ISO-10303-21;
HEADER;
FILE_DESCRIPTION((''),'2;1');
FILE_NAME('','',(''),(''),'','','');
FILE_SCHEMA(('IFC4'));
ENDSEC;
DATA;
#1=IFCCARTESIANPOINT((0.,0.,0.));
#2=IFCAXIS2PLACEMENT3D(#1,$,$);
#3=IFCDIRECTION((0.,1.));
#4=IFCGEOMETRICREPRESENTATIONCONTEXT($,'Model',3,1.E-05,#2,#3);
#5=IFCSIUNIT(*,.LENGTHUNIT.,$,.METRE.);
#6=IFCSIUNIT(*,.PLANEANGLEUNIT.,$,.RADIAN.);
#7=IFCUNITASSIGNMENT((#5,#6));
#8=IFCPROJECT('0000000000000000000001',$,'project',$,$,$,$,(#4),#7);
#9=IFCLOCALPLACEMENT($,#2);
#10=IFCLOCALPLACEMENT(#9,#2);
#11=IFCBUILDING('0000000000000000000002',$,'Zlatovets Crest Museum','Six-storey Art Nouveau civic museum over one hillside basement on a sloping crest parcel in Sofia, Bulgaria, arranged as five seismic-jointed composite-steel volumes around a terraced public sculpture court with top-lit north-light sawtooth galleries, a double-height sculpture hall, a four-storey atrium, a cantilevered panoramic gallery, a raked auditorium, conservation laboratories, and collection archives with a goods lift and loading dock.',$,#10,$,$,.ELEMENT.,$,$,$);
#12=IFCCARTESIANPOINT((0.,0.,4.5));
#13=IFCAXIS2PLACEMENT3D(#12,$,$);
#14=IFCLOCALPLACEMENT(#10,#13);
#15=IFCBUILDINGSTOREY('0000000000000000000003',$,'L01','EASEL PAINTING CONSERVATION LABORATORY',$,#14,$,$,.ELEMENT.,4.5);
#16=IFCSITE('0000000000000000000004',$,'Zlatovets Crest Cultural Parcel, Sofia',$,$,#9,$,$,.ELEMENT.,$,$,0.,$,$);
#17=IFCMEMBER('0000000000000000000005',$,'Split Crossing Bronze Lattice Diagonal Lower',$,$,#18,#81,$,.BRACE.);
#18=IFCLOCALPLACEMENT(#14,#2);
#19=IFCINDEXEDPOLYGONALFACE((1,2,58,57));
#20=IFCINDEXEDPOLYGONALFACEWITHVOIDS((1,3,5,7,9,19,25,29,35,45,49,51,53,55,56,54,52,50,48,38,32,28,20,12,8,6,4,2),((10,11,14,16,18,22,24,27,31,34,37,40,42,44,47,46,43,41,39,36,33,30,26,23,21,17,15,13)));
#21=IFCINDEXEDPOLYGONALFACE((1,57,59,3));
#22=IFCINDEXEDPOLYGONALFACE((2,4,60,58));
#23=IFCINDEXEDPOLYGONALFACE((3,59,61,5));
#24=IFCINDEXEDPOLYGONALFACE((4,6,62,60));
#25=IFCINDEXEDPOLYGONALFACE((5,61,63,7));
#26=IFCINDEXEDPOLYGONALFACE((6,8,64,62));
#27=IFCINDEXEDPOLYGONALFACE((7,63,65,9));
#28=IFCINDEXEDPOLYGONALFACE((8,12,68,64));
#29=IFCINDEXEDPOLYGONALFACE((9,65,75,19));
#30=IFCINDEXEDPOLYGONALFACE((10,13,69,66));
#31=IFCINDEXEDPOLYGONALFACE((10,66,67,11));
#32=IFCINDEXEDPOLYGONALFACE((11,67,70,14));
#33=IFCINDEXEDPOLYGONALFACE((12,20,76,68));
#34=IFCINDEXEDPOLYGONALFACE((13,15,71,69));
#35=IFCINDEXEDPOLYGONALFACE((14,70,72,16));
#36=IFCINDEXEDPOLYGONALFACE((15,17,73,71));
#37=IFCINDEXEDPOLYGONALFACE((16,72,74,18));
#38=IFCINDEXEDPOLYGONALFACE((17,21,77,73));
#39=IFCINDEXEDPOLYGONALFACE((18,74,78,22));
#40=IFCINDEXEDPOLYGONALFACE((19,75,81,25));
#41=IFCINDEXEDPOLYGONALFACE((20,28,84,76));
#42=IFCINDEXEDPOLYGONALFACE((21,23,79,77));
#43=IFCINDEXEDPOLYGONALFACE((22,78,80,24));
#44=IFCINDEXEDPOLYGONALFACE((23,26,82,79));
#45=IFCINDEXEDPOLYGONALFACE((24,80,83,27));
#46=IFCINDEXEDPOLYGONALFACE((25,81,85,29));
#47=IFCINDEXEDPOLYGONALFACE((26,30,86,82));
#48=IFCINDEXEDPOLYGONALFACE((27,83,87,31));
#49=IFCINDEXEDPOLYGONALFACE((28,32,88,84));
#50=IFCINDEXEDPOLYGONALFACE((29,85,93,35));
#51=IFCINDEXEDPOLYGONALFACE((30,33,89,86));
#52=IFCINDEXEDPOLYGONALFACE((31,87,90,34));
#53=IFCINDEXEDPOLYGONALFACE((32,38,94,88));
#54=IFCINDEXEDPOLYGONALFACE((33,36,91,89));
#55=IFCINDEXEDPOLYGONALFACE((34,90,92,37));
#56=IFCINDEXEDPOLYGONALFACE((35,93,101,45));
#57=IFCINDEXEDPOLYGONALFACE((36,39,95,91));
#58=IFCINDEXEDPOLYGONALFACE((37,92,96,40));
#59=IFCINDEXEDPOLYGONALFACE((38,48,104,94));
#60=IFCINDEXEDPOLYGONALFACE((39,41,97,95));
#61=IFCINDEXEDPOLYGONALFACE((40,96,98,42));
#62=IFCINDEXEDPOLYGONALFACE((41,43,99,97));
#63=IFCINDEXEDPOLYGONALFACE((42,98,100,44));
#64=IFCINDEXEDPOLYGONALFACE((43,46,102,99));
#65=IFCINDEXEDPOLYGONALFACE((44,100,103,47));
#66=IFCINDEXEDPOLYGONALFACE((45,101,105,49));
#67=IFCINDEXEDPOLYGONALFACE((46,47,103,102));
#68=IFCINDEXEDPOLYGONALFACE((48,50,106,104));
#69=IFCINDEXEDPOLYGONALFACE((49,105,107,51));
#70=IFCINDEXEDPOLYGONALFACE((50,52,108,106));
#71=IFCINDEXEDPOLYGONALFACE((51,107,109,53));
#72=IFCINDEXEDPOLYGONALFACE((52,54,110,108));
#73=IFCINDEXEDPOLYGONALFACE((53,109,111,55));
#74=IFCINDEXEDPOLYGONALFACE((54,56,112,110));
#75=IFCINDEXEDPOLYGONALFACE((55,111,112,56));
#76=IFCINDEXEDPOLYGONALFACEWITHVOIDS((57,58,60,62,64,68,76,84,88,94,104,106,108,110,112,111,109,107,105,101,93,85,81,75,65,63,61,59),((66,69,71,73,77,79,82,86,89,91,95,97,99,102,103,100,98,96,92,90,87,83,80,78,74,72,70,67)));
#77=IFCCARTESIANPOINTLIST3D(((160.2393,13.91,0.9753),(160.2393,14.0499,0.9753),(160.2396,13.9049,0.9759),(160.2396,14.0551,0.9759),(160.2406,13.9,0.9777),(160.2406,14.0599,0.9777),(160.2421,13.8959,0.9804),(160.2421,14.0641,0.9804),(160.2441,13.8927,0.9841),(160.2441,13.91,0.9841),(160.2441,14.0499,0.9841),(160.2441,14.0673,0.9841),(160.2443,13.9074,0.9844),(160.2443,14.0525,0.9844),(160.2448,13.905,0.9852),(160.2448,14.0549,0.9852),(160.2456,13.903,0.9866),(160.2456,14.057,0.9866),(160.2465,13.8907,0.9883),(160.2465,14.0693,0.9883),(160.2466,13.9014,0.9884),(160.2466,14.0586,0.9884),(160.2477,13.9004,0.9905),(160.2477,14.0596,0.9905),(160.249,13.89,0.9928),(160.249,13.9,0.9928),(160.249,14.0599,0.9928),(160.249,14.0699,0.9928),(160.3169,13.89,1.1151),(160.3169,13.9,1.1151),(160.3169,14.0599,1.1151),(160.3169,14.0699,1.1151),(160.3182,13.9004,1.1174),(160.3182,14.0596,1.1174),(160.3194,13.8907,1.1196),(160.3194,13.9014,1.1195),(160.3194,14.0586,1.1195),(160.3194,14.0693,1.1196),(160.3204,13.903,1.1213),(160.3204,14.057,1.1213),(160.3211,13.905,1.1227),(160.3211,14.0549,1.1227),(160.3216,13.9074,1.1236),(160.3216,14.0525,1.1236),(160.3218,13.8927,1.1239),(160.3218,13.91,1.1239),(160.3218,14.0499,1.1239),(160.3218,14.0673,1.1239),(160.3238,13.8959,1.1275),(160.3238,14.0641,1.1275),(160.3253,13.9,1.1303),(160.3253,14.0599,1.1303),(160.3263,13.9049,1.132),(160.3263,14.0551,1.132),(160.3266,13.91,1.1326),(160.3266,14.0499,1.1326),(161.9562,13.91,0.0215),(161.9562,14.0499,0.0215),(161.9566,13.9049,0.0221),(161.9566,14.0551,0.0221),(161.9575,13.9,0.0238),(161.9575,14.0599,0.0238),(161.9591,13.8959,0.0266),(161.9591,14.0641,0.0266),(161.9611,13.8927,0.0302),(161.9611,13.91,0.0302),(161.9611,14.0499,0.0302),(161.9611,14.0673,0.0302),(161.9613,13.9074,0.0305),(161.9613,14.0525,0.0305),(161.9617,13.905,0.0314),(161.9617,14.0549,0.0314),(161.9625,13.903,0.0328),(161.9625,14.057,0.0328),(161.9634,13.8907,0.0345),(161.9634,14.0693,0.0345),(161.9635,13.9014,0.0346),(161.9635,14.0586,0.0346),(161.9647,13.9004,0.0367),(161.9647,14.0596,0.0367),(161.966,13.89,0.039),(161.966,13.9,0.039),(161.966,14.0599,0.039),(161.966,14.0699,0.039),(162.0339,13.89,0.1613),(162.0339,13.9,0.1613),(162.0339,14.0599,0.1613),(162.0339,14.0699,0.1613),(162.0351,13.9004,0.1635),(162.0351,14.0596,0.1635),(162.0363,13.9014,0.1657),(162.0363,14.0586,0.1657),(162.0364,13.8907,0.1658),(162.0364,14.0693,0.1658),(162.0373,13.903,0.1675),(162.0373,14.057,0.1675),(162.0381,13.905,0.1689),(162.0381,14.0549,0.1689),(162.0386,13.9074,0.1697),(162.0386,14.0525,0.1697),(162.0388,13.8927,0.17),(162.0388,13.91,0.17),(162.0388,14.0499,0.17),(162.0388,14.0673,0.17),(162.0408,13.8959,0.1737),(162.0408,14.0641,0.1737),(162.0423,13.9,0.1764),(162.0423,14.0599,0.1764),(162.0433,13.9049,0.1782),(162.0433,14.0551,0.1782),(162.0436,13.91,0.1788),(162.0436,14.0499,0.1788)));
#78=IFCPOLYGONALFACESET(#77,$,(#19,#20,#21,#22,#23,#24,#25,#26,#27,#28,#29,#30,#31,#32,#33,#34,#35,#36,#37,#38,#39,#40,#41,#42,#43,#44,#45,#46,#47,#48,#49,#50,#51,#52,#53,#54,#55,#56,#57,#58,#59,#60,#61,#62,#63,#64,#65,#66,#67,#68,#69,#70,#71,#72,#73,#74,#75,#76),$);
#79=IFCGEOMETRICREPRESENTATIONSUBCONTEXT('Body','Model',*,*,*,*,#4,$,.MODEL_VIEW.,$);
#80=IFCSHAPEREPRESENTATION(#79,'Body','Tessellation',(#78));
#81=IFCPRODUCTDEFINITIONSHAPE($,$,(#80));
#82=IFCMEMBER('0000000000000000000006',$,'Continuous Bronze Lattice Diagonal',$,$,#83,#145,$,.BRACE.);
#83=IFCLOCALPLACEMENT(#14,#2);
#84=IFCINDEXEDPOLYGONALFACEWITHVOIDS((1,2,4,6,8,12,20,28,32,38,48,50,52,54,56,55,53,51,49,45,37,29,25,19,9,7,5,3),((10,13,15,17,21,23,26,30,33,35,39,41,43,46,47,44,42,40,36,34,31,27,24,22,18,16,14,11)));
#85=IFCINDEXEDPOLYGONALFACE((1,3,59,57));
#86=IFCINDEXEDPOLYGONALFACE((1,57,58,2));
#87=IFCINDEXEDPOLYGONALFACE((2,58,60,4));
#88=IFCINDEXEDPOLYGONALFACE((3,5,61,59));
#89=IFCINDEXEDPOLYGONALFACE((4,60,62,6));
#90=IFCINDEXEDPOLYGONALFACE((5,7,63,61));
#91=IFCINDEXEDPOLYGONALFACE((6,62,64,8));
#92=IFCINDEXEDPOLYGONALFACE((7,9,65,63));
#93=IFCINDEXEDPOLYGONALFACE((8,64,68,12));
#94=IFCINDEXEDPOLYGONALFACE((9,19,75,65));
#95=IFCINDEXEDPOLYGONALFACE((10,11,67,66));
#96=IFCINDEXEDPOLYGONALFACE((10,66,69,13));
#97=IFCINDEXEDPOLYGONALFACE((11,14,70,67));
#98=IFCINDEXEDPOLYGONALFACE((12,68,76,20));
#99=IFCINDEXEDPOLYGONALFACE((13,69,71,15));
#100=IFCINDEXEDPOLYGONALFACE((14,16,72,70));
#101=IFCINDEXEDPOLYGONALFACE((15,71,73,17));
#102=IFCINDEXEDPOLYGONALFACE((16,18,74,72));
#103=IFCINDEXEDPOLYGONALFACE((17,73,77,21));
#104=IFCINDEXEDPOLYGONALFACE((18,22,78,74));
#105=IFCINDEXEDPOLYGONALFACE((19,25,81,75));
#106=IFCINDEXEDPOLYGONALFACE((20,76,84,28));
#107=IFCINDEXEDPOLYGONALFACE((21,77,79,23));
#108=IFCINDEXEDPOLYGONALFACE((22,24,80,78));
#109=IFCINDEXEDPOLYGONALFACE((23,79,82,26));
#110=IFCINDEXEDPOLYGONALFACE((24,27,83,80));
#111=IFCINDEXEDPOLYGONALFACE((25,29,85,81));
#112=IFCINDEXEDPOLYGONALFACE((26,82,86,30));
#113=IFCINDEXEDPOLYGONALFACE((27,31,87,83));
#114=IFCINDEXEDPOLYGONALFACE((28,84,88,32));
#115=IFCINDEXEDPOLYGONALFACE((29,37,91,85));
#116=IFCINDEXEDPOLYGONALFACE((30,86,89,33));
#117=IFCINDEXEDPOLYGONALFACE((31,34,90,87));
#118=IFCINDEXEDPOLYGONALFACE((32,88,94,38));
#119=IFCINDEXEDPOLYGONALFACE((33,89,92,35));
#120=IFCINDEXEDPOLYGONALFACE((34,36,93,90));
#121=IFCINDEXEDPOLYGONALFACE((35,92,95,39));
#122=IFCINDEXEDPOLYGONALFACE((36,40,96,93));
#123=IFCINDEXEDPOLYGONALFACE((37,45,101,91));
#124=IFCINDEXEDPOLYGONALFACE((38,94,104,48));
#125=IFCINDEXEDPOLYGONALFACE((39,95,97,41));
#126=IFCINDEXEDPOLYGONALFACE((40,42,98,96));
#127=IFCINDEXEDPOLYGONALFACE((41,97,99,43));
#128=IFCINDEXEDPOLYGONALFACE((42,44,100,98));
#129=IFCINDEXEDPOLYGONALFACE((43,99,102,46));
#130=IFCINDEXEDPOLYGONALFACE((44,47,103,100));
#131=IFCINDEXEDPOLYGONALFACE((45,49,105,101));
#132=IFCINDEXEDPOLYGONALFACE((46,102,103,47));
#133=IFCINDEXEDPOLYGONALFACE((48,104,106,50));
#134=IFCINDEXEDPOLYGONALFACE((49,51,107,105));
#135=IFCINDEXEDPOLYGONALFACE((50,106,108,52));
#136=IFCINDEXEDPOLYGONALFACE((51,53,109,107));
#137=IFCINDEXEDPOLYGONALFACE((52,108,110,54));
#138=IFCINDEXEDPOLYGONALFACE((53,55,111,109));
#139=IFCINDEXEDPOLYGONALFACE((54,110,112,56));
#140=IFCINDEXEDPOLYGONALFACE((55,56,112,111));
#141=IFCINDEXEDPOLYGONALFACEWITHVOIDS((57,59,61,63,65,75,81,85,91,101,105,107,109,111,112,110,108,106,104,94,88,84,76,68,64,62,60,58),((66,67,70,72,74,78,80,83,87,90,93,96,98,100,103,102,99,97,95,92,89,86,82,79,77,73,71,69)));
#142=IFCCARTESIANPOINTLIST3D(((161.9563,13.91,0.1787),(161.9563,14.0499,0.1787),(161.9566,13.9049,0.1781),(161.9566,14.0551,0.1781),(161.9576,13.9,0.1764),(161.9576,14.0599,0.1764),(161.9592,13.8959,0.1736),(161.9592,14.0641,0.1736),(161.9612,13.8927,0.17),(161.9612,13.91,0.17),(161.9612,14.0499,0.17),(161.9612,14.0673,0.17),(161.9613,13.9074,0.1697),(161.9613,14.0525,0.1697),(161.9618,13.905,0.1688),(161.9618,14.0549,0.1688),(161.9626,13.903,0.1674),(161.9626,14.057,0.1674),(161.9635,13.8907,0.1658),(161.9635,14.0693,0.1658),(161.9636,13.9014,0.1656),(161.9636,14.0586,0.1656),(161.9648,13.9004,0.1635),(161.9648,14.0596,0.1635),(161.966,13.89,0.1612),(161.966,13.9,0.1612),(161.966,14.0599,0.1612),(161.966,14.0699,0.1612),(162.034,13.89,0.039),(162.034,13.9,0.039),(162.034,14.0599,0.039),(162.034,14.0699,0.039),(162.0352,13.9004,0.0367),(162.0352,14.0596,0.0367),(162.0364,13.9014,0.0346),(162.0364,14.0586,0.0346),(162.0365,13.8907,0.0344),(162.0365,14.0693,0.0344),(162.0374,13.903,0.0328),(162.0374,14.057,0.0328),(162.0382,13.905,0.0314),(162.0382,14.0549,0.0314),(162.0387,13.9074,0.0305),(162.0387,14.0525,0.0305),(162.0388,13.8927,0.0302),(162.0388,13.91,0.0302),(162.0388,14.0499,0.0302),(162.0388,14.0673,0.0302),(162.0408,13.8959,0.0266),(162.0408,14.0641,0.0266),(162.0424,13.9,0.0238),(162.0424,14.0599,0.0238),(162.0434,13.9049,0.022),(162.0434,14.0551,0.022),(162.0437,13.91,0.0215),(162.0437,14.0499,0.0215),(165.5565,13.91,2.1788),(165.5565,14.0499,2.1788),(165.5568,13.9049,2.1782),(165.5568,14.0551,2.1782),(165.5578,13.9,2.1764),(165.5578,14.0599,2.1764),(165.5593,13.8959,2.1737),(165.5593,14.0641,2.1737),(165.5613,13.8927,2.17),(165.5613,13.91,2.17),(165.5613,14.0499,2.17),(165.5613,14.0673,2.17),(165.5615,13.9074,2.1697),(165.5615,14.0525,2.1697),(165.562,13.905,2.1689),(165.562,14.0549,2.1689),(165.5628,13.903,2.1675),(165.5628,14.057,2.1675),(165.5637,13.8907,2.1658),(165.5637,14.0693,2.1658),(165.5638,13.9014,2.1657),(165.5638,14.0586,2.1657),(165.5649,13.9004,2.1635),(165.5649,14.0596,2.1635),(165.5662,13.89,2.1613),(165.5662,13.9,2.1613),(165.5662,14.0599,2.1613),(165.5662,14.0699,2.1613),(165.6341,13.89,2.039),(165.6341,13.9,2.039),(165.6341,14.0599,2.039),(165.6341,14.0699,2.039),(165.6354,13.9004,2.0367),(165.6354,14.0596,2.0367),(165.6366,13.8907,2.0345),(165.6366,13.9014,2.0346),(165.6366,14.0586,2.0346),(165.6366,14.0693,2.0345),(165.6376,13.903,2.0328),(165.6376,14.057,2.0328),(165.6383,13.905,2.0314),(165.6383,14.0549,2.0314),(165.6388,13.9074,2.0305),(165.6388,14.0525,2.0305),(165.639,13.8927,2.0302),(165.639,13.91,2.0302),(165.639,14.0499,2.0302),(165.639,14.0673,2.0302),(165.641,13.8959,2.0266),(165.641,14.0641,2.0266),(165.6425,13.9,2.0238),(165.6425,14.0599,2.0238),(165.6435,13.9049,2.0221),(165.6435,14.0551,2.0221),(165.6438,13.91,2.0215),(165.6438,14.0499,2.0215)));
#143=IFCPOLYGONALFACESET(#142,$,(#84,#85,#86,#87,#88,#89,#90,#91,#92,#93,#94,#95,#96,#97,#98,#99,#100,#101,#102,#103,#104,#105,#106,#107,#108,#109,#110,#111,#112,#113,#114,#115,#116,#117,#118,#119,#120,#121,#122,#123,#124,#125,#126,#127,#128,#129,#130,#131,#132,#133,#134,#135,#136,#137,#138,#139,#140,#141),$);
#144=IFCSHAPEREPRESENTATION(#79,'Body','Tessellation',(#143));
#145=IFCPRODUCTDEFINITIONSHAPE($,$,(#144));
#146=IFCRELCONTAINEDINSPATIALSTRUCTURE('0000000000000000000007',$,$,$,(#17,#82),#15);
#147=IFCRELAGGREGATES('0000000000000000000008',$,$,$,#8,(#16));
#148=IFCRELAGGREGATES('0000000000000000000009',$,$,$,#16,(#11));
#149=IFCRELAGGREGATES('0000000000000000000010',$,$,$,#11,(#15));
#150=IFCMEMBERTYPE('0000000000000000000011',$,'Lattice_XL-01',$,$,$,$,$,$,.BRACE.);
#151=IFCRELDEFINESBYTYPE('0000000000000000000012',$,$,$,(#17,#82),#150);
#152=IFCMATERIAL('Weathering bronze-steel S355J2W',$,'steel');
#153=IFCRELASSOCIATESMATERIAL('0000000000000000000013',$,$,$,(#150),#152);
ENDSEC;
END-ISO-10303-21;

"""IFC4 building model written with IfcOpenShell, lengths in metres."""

from ifc_helpers import new_model, si_unit, direction, frame, origin, origin_2d, place, context, subcontext, project, spatial, hollow_rectangle, extrude, material, material_profile, profile_set, type_object, element, save


model = new_model("IFC4")

# Units and contexts
model_context = context("Model", 3, precision=1e-05, world=origin(), true_north=direction((0.0, 1.0)))
body_context = subcontext(model_context, "Body", "Model", "MODEL_VIEW")
ifc_project = project(units=[si_unit("LENGTHUNIT", "METRE"), si_unit("PLANEANGLEUNIT", "RADIAN")], contexts=[model_context])

# Site, building, storey
site_placement = place(None, origin())
site = spatial("IfcSite", under=ifc_project, at=site_placement, Name="Zlatovets Crest Cultural Parcel, Sofia", CompositionType="ELEMENT", RefElevation=0.0)
building_placement = place(site_placement, origin())
building = spatial("IfcBuilding", under=site, at=building_placement, Name="Zlatovets Crest Museum", Description="Six-storey Art Nouveau civic museum over one hillside basement on a sloping crest parcel in Sofia, Bulgaria, arranged as five seismic-jointed composite-steel volumes around a terraced public sculpture court with top-lit north-light sawtooth galleries, a double-height sculpture hall, a four-storey atrium, a cantilevered panoramic gallery, a raked auditorium, conservation laboratories, and collection archives with a goods lift and loading dock.", CompositionType="ELEMENT")
storey_placement = place(building_placement, frame((0.0, 0.0, 4.5)))
storey = spatial("IfcBuildingStorey", under=building, at=storey_placement, Name="L01", Description="EASEL PAINTING CONSERVATION LABORATORY", CompositionType="ELEMENT", Elevation=4.5)

# Members
ifc_material_1 = material(Name="Weathering bronze-steel S355J2W", Category="steel")
ifc_material_profile_1 = material_profile(ifc_material_1, hollow_rectangle(XDim=0.1799, YDim=0.1799, WallThickness=0.01, InnerFilletRadius=0.01, OuterFilletRadius=0.02, at=origin_2d()), Name="SHS 180x180x10.0")
ifc_profile_set_1 = profile_set([ifc_material_profile_1], Name="Weathering bronze-steel S355J2W")
member_type_1 = type_object("IfcMemberType", Name="Lattice_XL-01", PredefinedType="BRACE", material=ifc_profile_set_1)
member_1_placement = place(storey_placement, frame((160.283, 13.98, 1.054), z_axis=(0.874169, 0.0, -0.485622), x_axis=(0.0, 1.0, 0.0)))
element("IfcMember", 1, at=member_1_placement, inside=storey, type_object=member_type_1, Name="Split Crossing Bronze Lattice Diagonal Lower", PredefinedType="BRACE", context=body_context, shape_type="SweptSolid", body=[
    extrude(hollow_rectangle(XDim=0.1799, YDim=0.1799, WallThickness=0.01, InnerFilletRadius=0.01, OuterFilletRadius=0.02, at=origin_2d()), origin(), (0.0, 0.0, 1.0), 1.9641),
])
member_2_placement = place(storey_placement, frame((162.0, 13.98, 0.1001), z_axis=(0.874163, 0.0, 0.485633), x_axis=(0.0, 1.0, 0.0)))
element("IfcMember", 2, at=member_2_placement, inside=storey, type_object=member_type_1, Name="Continuous Bronze Lattice Diagonal", PredefinedType="BRACE", context=body_context, shape_type="SweptSolid", body=[
    extrude(hollow_rectangle(XDim=0.1799, YDim=0.1799, WallThickness=0.01, InnerFilletRadius=0.01, OuterFilletRadius=0.02, at=origin_2d()), origin(), (0.0, 0.0, 1.0), 4.1184),
])

save(model, "model.ifc")
